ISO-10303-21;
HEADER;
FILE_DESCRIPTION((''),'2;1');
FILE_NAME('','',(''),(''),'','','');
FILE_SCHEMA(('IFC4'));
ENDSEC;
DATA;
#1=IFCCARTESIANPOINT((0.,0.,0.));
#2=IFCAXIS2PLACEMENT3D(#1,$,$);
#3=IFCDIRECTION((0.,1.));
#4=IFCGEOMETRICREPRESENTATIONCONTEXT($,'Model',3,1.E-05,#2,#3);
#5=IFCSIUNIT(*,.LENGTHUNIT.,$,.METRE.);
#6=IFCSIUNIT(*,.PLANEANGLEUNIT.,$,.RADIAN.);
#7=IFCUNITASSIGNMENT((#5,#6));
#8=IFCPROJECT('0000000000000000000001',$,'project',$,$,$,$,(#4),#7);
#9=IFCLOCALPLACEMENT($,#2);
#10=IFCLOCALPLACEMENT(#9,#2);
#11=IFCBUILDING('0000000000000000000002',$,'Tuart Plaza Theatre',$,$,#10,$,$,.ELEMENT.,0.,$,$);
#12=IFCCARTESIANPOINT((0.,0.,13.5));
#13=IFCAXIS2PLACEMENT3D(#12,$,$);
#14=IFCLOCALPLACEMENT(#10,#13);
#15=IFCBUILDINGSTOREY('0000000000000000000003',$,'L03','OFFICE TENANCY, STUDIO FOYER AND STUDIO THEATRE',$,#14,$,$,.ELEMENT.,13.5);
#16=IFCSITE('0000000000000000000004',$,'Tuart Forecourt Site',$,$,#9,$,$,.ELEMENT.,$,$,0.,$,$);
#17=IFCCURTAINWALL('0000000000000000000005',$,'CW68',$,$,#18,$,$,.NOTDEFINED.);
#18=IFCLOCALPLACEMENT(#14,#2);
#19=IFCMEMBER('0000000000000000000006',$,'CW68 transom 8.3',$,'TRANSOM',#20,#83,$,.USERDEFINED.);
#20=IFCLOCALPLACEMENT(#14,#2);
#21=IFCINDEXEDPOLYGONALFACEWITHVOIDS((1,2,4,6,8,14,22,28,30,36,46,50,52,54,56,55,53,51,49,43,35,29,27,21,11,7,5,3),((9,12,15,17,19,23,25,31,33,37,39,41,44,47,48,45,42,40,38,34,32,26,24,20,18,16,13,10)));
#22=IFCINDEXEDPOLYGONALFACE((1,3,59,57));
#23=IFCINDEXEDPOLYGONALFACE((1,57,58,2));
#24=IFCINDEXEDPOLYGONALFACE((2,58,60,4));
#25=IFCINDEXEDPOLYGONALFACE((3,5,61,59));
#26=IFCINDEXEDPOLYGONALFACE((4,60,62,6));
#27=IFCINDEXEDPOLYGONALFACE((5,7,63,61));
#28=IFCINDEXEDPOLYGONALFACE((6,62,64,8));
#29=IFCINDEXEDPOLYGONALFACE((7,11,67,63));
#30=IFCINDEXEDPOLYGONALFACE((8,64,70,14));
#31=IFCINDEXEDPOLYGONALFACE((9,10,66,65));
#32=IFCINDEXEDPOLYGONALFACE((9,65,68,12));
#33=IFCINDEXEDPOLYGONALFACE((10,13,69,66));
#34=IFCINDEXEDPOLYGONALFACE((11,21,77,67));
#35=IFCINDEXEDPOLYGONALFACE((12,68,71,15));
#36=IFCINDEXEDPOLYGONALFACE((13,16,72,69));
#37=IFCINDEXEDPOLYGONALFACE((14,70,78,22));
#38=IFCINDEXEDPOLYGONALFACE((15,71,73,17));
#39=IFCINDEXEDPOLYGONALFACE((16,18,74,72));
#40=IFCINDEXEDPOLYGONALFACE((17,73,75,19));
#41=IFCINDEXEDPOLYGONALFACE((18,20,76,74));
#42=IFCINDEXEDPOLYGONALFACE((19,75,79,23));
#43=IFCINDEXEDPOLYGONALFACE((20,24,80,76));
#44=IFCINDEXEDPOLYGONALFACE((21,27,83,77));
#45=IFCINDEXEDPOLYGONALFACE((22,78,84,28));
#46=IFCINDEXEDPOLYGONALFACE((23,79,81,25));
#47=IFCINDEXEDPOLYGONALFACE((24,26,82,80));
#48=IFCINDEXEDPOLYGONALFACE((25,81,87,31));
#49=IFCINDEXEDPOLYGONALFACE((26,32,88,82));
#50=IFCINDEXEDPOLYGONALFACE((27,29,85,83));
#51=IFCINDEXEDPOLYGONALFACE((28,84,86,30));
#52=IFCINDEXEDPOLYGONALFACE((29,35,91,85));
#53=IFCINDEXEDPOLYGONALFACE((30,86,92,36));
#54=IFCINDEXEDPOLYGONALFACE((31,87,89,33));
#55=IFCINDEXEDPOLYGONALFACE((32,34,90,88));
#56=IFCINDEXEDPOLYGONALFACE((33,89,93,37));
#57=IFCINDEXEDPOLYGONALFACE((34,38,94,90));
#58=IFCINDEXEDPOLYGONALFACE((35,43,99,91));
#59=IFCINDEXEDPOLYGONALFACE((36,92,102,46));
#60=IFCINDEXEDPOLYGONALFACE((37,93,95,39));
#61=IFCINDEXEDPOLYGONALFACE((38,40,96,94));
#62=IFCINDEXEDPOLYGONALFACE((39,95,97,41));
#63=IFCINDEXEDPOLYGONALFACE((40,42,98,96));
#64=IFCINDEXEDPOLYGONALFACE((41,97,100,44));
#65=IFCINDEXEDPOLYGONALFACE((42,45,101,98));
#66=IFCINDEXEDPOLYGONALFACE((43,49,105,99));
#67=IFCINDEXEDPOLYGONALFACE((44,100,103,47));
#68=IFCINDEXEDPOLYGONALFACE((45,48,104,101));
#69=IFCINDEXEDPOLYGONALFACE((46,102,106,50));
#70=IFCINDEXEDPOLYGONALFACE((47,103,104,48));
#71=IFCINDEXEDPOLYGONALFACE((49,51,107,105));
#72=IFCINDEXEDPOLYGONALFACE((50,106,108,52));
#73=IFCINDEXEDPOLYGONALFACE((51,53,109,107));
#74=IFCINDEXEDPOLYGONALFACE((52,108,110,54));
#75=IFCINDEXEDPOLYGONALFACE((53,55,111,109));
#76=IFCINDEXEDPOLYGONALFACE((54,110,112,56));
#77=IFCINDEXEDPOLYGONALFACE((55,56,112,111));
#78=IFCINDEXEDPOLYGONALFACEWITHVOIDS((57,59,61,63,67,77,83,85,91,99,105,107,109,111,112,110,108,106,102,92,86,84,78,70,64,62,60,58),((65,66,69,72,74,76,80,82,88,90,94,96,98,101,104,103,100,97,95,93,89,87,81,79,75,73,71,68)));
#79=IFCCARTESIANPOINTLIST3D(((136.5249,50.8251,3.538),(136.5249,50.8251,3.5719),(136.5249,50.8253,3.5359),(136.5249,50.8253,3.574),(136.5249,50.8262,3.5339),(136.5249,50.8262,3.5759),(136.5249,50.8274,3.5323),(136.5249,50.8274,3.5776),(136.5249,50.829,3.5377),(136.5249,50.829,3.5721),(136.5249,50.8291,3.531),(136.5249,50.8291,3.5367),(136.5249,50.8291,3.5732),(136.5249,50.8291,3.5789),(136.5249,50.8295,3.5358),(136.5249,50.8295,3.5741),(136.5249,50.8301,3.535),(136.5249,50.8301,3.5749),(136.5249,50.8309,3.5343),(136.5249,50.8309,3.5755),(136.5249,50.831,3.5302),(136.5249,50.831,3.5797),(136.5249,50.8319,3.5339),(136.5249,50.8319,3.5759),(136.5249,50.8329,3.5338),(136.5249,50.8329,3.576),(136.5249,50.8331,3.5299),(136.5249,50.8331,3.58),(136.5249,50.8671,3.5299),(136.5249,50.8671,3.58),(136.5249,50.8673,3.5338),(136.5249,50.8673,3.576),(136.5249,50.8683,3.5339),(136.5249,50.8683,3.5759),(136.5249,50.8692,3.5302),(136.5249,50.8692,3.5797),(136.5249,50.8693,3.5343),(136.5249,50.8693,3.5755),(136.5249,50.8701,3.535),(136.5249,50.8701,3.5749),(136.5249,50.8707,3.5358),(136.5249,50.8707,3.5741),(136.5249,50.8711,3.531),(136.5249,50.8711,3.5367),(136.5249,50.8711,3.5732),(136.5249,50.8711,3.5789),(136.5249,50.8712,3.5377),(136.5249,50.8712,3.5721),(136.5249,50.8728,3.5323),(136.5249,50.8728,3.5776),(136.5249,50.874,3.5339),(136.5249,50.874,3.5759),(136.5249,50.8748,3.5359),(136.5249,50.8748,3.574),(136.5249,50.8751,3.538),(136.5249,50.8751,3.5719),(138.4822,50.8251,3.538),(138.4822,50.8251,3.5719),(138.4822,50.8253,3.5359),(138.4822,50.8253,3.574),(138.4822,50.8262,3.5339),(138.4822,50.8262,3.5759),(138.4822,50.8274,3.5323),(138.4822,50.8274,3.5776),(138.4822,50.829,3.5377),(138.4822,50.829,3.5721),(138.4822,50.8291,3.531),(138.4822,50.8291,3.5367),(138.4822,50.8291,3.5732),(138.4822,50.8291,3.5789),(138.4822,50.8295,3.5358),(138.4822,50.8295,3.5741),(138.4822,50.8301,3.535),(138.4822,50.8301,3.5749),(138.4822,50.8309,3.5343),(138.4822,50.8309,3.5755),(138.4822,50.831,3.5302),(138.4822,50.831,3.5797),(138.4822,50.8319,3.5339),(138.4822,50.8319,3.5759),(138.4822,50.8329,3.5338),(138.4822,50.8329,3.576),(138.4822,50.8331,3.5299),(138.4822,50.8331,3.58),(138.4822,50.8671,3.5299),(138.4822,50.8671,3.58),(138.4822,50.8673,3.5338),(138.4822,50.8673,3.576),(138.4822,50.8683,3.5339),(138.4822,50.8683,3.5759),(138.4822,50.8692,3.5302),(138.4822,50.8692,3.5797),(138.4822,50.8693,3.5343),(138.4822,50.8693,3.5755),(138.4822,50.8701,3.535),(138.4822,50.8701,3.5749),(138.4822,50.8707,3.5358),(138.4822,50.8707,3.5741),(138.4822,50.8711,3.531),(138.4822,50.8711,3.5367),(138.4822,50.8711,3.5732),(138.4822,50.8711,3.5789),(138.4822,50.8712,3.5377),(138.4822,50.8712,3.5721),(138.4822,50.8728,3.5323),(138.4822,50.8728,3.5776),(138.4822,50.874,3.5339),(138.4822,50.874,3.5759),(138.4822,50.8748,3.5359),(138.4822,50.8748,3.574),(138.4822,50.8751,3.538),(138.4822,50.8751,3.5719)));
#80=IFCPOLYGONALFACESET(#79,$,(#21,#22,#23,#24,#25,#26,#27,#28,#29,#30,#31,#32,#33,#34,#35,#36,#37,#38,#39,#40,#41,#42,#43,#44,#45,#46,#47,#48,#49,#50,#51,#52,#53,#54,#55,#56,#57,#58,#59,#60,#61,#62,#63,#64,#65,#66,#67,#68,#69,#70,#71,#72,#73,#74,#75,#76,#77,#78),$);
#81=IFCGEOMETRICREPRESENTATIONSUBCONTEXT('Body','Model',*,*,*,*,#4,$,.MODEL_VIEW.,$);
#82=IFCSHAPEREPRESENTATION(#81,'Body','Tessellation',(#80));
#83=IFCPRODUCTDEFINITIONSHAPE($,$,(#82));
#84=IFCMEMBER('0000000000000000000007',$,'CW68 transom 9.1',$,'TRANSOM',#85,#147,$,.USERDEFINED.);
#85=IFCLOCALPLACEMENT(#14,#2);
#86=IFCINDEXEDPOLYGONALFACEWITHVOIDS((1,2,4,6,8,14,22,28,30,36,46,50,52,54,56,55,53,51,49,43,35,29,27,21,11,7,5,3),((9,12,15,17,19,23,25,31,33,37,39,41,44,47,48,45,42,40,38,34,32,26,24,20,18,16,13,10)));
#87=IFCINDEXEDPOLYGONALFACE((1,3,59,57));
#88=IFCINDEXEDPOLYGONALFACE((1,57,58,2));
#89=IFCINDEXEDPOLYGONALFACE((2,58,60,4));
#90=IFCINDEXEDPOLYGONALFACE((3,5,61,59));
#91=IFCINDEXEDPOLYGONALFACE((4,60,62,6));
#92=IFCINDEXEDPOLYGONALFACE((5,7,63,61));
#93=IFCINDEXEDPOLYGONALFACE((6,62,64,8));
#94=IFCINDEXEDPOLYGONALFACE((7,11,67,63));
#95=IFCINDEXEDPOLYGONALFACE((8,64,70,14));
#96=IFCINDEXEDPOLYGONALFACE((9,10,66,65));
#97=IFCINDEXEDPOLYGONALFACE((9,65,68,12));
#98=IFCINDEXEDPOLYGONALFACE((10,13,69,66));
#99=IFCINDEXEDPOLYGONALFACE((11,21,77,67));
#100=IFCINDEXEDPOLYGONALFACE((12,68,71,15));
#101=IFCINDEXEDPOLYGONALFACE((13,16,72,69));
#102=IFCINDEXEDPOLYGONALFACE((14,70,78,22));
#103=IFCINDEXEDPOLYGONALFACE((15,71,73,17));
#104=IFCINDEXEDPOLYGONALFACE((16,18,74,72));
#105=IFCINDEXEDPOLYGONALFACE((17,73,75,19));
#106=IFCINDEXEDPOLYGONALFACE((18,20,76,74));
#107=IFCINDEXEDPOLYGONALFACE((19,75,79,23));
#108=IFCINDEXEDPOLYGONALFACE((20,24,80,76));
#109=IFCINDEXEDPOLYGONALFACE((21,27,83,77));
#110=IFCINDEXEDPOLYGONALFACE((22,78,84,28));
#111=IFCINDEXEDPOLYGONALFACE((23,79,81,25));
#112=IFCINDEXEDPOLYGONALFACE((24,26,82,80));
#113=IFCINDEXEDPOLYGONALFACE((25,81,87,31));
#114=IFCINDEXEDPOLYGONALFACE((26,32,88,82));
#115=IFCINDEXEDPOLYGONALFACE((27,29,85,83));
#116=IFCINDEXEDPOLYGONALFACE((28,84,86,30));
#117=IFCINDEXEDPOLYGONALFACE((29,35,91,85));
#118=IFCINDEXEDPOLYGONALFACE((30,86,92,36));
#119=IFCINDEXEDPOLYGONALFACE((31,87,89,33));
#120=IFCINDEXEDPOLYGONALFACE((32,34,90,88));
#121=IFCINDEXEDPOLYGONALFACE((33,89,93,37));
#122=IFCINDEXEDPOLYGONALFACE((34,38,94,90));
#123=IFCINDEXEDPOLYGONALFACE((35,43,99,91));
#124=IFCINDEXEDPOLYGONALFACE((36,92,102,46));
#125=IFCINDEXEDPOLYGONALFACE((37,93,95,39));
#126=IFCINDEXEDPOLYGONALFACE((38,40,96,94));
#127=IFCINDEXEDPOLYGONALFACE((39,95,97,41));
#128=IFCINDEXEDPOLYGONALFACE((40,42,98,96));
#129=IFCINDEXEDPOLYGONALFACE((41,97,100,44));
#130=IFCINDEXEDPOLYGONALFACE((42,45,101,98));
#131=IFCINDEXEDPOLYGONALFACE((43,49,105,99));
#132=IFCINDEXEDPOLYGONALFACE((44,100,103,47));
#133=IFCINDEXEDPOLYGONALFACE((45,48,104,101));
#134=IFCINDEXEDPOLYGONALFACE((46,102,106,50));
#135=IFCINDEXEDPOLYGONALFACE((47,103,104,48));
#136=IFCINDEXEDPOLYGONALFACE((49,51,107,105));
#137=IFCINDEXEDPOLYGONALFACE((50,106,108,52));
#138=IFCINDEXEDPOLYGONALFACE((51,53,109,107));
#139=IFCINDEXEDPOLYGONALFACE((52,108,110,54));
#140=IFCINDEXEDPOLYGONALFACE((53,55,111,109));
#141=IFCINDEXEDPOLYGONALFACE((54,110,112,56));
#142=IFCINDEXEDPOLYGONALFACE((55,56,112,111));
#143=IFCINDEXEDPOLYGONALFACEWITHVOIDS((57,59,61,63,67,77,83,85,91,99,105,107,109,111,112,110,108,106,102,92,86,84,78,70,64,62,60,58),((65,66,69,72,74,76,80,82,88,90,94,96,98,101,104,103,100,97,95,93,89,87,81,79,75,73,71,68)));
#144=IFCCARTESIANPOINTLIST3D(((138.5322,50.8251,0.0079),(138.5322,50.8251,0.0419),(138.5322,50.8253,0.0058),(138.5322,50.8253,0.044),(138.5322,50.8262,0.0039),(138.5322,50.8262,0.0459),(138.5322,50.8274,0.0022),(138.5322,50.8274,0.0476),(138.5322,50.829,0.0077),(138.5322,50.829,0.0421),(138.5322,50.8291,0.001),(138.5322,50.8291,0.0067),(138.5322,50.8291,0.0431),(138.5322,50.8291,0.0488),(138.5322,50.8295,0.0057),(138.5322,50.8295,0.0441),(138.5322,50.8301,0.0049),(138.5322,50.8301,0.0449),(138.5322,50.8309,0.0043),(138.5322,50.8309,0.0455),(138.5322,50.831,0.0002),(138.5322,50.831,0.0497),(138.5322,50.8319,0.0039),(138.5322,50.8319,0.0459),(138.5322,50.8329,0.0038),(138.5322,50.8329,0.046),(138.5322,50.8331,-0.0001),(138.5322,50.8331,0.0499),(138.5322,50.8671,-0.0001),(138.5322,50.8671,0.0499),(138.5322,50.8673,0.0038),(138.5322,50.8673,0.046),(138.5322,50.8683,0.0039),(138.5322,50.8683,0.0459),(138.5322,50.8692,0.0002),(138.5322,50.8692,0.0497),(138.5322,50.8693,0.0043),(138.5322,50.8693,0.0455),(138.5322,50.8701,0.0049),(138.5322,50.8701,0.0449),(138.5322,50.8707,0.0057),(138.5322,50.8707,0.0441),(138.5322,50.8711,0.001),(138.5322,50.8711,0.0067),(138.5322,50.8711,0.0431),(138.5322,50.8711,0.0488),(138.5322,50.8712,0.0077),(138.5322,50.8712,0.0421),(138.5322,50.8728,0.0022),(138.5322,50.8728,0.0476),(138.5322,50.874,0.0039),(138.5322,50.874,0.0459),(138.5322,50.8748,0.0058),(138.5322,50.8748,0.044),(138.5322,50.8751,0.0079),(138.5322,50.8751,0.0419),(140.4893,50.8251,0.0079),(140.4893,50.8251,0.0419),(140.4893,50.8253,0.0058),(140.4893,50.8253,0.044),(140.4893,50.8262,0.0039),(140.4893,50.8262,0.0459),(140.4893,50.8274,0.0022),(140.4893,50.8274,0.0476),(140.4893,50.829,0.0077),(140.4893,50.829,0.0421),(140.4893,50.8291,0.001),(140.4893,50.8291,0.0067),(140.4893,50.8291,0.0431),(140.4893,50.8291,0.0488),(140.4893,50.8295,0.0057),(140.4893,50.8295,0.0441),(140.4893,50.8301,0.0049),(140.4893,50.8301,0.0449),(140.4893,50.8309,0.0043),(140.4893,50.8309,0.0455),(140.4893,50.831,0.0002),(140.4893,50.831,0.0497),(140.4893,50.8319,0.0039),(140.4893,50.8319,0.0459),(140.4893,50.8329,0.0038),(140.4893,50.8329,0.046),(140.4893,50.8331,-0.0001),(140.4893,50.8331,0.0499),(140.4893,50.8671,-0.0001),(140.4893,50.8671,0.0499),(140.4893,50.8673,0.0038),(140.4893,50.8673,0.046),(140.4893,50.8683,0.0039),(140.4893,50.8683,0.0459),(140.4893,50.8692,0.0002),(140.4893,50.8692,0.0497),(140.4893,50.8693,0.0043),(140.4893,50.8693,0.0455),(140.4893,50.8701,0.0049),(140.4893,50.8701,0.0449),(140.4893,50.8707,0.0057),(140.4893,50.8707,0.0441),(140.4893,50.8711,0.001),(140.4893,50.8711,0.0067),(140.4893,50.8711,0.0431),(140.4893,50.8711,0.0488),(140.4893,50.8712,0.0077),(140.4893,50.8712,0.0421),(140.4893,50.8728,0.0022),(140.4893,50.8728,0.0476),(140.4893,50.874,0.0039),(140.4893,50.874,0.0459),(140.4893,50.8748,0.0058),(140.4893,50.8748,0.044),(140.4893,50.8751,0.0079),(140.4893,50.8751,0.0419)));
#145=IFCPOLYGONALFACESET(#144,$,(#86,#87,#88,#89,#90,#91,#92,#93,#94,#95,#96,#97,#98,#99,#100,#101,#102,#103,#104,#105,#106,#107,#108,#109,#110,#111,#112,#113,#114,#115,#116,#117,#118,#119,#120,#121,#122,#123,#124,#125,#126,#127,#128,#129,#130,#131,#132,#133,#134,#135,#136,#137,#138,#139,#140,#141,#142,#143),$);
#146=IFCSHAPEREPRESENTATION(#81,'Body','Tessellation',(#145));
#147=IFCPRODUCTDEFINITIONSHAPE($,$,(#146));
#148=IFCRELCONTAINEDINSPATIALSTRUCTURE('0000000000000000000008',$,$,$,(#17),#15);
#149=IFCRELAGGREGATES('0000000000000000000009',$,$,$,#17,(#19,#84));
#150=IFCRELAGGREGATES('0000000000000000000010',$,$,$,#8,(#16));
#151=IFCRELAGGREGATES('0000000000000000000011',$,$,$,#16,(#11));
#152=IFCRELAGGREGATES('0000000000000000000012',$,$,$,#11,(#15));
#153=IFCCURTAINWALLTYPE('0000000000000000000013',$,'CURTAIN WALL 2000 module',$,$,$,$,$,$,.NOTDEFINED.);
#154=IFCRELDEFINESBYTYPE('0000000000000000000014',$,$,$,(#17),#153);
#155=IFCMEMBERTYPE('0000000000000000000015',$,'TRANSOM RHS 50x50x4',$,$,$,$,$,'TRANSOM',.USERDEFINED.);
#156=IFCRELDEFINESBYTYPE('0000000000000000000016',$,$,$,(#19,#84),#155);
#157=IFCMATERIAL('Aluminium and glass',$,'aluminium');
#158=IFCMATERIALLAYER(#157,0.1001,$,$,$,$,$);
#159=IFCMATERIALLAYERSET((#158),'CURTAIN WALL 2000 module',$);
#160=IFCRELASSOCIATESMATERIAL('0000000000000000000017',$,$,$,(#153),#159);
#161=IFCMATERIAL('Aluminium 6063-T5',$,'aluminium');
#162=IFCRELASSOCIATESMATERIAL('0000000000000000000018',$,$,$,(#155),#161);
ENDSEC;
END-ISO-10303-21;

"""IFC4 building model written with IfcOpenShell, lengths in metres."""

from ifc_helpers import new_model, si_unit, direction, frame, origin, origin_2d, place, context, subcontext, project, spatial, hollow_rectangle, extrude, material, layer, layer_set, material_profile, profile_set, type_object, element, aggregate, save


model = new_model("IFC4")

# Units and contexts
model_context = context("Model", 3, precision=1e-05, world=origin(), true_north=direction((0.0, 1.0)))
body_context = subcontext(model_context, "Body", "Model", "MODEL_VIEW")
ifc_project = project(units=[si_unit("LENGTHUNIT", "METRE"), si_unit("PLANEANGLEUNIT", "RADIAN")], contexts=[model_context])

# Site, building, storey
site_placement = place(None, origin())
site = spatial("IfcSite", under=ifc_project, at=site_placement, Name="Tuart Forecourt Site", CompositionType="ELEMENT", RefElevation=0.0)
building_placement = place(site_placement, origin())
building = spatial("IfcBuilding", under=site, at=building_placement, Name="Tuart Plaza Theatre", CompositionType="ELEMENT", ElevationOfRefHeight=0.0)
storey_placement = place(building_placement, frame((0.0, 0.0, 13.5)))
storey = spatial("IfcBuildingStorey", under=building, at=storey_placement, Name="L03", Description="OFFICE TENANCY, STUDIO FOYER AND STUDIO THEATRE", CompositionType="ELEMENT", Elevation=13.5)

# Curtain wall, members
ifc_material_1 = material(Name="Aluminium and glass", Category="aluminium")
ifc_layer_1 = layer(ifc_material_1, 0.1001)
ifc_layer_set_1 = layer_set([ifc_layer_1], Name="CURTAIN WALL 2000 module")
curtain_wall_type = type_object("IfcCurtainWallType", Name="CURTAIN WALL 2000 module", PredefinedType="NOTDEFINED", material=ifc_layer_set_1)
curtain_wall_placement = place(storey_placement, origin())
curtain_wall = element("IfcCurtainWall", 1, at=curtain_wall_placement, inside=storey, type_object=curtain_wall_type, Name="CW68", PredefinedType="NOTDEFINED")
ifc_material_2 = material(Name="Aluminium 6063-T5", Category="aluminium")
ifc_material_profile_1 = material_profile(ifc_material_2, hollow_rectangle(XDim=0.05, YDim=0.05, WallThickness=0.0039, InnerFilletRadius=0.0039, OuterFilletRadius=0.0081, at=origin_2d()), Name="RHS 50x50x4")
ifc_profile_set_1 = profile_set([ifc_material_profile_1], Name="Aluminium 6063-T5")
member_type_1 = type_object("IfcMemberType", Name="TRANSOM RHS 50x50x4", ElementType="TRANSOM", PredefinedType="USERDEFINED", material=ifc_profile_set_1)
member_1_placement = place(storey_placement, frame((136.5249, 50.8501, 3.5549), z_axis=(1.0, 0.0, 0.0), x_axis=(0.0, 1.0, 0.0)))
member_1 = element("IfcMember", 2, at=member_1_placement, type_object=member_type_1, Name="CW68 transom 8.3", ObjectType="TRANSOM", PredefinedType="USERDEFINED", context=body_context, shape_type="SweptSolid", body=[
    extrude(hollow_rectangle(XDim=0.05, YDim=0.05, WallThickness=0.0039, InnerFilletRadius=0.0039, OuterFilletRadius=0.0081, at=origin_2d()), origin(), (0.0, 0.0, 1.0), 1.9573),
])
member_2_placement = place(storey_placement, frame((138.5322, 50.8501, 0.0249), z_axis=(1.0, 0.0, 0.0), x_axis=(0.0, 1.0, 0.0)))
member_2 = element("IfcMember", 3, at=member_2_placement, type_object=member_type_1, Name="CW68 transom 9.1", ObjectType="TRANSOM", PredefinedType="USERDEFINED", context=body_context, shape_type="SweptSolid", body=[
    extrude(hollow_rectangle(XDim=0.05, YDim=0.05, WallThickness=0.0039, InnerFilletRadius=0.0039, OuterFilletRadius=0.0081, at=origin_2d()), origin(), (0.0, 0.0, 1.0), 1.957),
])
aggregate(curtain_wall, [member_1, member_2])

save(model, "model.ifc")
